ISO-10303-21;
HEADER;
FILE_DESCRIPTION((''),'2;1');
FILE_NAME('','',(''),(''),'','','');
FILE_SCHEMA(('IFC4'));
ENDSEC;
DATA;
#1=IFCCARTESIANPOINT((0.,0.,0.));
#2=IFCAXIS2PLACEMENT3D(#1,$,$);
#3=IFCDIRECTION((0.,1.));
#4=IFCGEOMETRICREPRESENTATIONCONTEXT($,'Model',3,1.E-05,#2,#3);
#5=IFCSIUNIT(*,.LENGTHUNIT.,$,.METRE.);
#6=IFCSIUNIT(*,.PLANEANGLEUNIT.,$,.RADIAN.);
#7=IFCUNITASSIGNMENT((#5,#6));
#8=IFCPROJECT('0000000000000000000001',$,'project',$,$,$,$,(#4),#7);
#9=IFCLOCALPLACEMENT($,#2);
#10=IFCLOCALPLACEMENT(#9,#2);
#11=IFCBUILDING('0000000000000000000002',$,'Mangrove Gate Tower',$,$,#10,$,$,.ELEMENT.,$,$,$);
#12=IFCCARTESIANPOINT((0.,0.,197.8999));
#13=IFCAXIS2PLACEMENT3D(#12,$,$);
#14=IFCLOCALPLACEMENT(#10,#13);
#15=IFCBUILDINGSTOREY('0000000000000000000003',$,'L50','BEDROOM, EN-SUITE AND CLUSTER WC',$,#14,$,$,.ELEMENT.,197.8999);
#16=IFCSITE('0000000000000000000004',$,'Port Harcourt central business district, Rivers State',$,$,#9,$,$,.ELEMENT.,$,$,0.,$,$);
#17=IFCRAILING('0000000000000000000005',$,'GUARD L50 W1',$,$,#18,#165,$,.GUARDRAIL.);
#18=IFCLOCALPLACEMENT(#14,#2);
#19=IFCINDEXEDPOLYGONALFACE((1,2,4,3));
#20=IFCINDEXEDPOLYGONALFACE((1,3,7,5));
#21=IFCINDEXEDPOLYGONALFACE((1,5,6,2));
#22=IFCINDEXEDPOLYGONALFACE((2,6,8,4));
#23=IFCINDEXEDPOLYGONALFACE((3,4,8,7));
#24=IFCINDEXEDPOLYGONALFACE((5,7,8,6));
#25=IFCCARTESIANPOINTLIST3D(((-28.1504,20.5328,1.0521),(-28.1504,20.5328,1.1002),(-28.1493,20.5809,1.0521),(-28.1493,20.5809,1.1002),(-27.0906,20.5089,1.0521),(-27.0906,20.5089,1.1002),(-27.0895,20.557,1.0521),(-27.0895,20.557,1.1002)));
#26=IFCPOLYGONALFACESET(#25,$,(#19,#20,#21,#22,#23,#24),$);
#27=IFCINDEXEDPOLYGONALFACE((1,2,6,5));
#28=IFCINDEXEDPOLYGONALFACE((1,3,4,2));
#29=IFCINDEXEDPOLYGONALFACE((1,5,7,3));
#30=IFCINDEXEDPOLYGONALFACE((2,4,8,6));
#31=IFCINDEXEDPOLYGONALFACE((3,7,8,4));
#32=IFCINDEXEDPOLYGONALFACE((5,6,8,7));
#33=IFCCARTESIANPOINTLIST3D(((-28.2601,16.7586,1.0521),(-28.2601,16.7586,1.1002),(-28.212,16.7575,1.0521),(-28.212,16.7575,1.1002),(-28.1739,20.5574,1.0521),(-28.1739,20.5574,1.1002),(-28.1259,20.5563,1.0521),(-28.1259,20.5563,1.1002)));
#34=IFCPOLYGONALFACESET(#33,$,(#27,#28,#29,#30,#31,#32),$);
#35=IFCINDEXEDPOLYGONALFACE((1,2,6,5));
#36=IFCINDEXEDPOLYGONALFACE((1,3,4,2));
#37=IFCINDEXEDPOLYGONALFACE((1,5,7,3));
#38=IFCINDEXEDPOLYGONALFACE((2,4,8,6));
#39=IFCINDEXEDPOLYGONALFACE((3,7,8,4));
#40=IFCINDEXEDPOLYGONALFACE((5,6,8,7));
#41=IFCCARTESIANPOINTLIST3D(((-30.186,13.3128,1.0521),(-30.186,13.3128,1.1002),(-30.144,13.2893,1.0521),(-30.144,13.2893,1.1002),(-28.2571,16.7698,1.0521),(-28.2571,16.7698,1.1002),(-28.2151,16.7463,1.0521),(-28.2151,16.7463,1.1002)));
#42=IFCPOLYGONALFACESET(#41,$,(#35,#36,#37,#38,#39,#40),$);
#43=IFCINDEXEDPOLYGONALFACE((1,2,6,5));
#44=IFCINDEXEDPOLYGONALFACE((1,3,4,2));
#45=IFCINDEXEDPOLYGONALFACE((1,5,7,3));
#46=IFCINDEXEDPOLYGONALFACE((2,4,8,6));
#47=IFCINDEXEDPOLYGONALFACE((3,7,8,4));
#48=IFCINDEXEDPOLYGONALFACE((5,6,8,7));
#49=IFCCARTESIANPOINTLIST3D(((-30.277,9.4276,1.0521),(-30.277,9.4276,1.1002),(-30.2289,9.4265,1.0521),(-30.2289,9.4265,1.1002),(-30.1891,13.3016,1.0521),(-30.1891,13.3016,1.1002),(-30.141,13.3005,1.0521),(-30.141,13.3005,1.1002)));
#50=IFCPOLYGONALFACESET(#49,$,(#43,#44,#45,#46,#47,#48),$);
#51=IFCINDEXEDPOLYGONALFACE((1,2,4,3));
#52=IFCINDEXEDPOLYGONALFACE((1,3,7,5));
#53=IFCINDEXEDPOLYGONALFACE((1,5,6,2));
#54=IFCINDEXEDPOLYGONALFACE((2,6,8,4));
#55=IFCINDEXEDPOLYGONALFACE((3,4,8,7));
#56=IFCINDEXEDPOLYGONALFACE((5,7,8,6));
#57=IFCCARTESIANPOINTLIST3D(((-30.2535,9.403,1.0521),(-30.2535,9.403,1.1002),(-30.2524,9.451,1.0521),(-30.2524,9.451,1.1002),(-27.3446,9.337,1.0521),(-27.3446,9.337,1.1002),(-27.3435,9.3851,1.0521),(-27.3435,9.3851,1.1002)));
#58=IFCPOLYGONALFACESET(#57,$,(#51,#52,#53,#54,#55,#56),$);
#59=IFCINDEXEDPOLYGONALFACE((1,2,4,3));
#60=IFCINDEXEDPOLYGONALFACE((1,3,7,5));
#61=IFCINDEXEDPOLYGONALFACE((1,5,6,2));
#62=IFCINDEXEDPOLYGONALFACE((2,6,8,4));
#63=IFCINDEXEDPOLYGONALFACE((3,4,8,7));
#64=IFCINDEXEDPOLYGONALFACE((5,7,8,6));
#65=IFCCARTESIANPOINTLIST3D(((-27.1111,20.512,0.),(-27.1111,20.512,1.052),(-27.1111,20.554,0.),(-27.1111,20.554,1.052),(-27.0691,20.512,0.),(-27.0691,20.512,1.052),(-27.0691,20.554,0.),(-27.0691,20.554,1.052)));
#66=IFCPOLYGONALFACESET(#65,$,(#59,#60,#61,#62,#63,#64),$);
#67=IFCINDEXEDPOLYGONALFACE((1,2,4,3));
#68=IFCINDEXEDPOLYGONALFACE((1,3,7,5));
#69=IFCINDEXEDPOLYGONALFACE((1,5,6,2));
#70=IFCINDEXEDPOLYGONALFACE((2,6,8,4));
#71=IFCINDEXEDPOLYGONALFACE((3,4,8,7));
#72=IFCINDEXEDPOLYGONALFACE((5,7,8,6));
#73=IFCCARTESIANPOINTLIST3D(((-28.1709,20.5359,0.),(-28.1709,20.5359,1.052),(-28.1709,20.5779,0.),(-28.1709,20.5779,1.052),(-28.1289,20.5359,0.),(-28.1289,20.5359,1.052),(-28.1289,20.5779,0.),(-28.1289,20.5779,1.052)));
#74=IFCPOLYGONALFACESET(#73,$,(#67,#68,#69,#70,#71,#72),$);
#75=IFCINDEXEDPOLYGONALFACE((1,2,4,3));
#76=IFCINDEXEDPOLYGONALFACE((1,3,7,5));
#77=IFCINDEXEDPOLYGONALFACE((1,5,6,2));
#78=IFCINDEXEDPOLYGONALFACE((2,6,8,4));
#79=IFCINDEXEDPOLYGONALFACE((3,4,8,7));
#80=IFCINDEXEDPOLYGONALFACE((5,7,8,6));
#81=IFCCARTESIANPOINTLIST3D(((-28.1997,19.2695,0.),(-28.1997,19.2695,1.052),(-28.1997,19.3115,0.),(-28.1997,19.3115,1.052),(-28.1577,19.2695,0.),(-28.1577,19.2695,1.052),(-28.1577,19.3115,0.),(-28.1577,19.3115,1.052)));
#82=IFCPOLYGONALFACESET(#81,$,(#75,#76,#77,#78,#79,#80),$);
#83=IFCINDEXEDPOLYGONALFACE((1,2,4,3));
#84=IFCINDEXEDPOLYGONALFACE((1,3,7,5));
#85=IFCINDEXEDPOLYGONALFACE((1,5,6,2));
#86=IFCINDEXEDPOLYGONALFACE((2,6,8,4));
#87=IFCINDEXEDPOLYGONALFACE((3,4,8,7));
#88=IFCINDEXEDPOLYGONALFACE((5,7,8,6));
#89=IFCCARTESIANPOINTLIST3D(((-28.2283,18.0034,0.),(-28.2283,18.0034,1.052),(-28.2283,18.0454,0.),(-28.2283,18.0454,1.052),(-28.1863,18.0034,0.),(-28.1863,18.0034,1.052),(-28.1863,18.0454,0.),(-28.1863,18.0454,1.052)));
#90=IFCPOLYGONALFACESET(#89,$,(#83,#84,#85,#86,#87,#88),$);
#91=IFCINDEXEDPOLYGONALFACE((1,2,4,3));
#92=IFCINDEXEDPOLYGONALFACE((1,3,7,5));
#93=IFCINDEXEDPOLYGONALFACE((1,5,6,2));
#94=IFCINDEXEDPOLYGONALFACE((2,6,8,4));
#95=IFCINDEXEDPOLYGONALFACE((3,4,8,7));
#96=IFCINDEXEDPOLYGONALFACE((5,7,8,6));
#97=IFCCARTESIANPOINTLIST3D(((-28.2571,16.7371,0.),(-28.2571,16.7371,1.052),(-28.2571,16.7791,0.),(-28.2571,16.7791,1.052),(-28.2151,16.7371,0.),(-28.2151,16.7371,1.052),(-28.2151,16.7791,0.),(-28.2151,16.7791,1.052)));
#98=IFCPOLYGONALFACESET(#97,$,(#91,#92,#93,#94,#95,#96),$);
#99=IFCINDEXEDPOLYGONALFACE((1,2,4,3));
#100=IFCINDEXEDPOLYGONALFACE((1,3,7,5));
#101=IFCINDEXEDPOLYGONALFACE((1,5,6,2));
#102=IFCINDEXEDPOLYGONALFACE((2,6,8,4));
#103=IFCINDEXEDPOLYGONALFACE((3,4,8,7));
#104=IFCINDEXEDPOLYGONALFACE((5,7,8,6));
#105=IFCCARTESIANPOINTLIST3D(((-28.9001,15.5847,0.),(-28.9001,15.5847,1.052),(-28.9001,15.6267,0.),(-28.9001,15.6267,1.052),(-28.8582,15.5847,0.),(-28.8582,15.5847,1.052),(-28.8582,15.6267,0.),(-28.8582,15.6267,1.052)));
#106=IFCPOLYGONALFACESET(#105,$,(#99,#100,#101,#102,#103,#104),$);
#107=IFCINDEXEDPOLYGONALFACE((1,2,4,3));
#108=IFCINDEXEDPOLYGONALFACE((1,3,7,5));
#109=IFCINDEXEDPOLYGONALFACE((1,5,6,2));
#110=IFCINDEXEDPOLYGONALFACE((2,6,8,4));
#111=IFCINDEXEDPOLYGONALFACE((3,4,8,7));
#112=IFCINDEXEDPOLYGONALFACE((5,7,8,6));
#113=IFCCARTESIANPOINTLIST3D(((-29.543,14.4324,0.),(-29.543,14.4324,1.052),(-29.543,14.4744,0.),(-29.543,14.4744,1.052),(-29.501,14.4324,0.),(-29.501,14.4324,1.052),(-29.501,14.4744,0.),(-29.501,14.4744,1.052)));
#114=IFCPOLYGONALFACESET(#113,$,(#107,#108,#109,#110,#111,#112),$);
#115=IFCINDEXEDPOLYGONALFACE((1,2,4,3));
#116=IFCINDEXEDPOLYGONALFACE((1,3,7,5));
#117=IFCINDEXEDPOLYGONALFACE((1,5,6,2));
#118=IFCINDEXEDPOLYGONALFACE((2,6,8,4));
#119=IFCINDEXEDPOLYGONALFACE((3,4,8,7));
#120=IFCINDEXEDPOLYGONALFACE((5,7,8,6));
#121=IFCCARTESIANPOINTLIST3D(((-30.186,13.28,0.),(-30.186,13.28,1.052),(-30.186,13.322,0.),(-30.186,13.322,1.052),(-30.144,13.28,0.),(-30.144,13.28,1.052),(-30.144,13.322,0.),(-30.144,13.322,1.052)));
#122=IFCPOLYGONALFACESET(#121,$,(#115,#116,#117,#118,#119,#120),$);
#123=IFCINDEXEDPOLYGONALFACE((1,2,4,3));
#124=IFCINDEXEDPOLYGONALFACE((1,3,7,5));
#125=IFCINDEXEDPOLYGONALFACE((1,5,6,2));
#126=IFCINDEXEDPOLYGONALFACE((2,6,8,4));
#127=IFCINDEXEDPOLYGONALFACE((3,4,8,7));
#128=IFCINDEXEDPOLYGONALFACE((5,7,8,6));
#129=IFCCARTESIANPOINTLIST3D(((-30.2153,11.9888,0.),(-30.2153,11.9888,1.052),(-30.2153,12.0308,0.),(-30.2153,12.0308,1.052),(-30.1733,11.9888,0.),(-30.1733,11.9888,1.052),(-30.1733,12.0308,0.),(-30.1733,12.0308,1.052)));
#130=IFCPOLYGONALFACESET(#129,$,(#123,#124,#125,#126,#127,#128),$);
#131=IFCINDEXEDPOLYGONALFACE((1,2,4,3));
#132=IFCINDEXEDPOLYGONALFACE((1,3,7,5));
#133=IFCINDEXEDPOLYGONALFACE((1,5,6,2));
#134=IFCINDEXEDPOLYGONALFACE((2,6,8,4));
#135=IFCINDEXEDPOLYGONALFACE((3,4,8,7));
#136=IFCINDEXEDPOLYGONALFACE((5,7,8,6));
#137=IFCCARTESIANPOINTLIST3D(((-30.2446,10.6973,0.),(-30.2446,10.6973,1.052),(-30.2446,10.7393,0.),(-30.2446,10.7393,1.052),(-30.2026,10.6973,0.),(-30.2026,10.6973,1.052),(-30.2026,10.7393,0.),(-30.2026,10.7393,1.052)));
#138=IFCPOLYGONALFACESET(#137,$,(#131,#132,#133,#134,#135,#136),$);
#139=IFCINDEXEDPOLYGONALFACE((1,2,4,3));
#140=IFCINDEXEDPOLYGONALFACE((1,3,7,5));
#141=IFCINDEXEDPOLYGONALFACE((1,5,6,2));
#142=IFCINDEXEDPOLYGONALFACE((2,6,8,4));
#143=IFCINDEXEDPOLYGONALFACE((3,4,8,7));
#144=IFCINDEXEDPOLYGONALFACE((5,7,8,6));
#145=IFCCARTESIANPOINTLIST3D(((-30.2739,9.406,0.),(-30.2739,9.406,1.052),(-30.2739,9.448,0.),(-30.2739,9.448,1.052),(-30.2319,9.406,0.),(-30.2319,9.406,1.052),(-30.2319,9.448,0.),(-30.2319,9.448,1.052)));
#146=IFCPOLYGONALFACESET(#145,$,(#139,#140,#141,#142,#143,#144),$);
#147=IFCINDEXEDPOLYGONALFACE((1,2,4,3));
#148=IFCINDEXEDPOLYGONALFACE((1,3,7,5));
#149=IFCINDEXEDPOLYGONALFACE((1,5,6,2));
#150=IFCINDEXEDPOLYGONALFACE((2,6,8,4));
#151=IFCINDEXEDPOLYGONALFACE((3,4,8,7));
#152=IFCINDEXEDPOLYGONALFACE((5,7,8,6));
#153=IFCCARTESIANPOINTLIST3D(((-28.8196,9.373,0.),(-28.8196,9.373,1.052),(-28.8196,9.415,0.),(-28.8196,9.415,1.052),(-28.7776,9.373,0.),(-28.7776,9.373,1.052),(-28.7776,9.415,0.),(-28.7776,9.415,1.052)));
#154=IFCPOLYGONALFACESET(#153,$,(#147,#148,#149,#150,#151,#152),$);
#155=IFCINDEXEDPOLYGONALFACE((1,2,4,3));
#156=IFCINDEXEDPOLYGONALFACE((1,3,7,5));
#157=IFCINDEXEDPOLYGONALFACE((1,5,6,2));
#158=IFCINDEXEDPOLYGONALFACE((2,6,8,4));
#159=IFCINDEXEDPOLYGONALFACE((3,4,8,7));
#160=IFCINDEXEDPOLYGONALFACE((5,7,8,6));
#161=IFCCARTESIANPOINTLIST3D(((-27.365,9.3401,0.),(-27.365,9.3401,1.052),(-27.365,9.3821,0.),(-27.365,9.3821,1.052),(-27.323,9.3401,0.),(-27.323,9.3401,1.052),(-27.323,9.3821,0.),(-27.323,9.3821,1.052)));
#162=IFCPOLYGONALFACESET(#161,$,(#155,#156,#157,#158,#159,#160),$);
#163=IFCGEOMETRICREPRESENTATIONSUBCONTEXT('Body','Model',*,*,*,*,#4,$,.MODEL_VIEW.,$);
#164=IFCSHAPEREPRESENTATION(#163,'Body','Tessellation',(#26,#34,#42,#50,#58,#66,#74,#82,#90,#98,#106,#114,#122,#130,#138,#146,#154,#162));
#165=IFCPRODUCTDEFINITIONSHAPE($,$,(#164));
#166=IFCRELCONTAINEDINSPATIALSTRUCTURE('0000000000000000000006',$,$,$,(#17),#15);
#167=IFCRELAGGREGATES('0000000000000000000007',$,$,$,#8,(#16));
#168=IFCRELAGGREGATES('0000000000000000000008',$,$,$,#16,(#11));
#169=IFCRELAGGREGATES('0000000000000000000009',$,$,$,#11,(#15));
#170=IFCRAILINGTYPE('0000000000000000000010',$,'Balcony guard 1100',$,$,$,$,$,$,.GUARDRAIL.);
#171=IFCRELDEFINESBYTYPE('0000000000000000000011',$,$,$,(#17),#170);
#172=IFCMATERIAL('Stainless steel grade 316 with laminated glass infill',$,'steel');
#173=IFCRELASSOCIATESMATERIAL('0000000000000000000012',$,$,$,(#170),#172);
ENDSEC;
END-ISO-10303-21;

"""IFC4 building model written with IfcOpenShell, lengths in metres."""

from ifc_helpers import new_model, si_unit, direction, frame, origin, origin_2d, place, context, subcontext, project, spatial, rectangle, extrude, material, type_object, element, save


model = new_model("IFC4")

# Units and contexts
model_context = context("Model", 3, precision=1e-05, world=origin(), true_north=direction((0.0, 1.0)))
body_context = subcontext(model_context, "Body", "Model", "MODEL_VIEW")
ifc_project = project(units=[si_unit("LENGTHUNIT", "METRE"), si_unit("PLANEANGLEUNIT", "RADIAN")], contexts=[model_context])

# Site, building, storey
site_placement = place(None, origin())
site = spatial("IfcSite", under=ifc_project, at=site_placement, Name="Port Harcourt central business district, Rivers State", CompositionType="ELEMENT", RefElevation=0.0)
building_placement = place(site_placement, origin())
building = spatial("IfcBuilding", under=site, at=building_placement, Name="Mangrove Gate Tower", CompositionType="ELEMENT")
storey_placement = place(building_placement, frame((0.0, 0.0, 197.8999)))
storey = spatial("IfcBuildingStorey", under=building, at=storey_placement, Name="L50", Description="BEDROOM, EN-SUITE AND CLUSTER WC", CompositionType="ELEMENT", Elevation=197.8999)

# Railing
ifc_material_1 = material(Name="Stainless steel grade 316 with laminated glass infill", Category="steel")
railing_type = type_object("IfcRailingType", Name="Balcony guard 1100", PredefinedType="GUARDRAIL", material=ifc_material_1)
railing_placement = place(storey_placement, frame((-27.0901, 20.533, 0.0)))
element("IfcRailing", 1, at=railing_placement, inside=storey, type_object=railing_type, Name="GUARD L50 W1", PredefinedType="GUARDRAIL", context=body_context, shape_type="SweptSolid", body=[
    extrude(rectangle(XDim=0.0481, YDim=0.0481, at=origin_2d()), frame((0.0, 0.0, 1.0762), z_axis=(-0.999745, 0.02257, 0.0), x_axis=(-0.02257, -0.999745, 0.0)), (0.0, 0.0, 1.0), 1.0601),
    extrude(rectangle(XDim=0.0481, YDim=0.0481, at=origin_2d()), frame((-1.0598, 0.0239, 1.0762), z_axis=(-0.022681, -0.999743, 0.0), x_axis=(0.999743, -0.022681, 0.0)), (0.0, 0.0, 1.0), 3.7998),
    extrude(rectangle(XDim=0.0481, YDim=0.0481, at=origin_2d()), frame((-1.146, -3.7749, 1.0762), z_axis=(-0.48726, -0.873257, 0.0), x_axis=(0.873257, -0.48726, 0.0)), (0.0, 0.0, 1.0), 3.9587),
    extrude(rectangle(XDim=0.0481, YDim=0.0481, at=origin_2d()), frame((-3.075, -7.2319, 1.0762), z_axis=(-0.022681, -0.999743, 0.0), x_axis=(0.999743, -0.022681, 0.0)), (0.0, 0.0, 1.0), 3.875),
    extrude(rectangle(XDim=0.0481, YDim=0.0481, at=origin_2d()), frame((-3.1628, -11.106, 1.0762), z_axis=(0.999743, -0.022655, 0.0), x_axis=(0.022655, 0.999743, 0.0)), (0.0, 0.0, 1.0), 2.9097),
    extrude(rectangle(XDim=0.042, YDim=0.042, at=origin_2d()), origin(), (0.0, 0.0, 1.0), 1.052),
    extrude(rectangle(XDim=0.042, YDim=0.042, at=origin_2d()), frame((-1.0598, 0.0239, 0.0)), (0.0, 0.0, 1.0), 1.052),
    extrude(rectangle(XDim=0.042, YDim=0.042, at=origin_2d()), frame((-1.0886, -1.2424, 0.0)), (0.0, 0.0, 1.0), 1.052),
    extrude(rectangle(XDim=0.042, YDim=0.042, at=origin_2d()), frame((-1.1172, -2.5085, 0.0)), (0.0, 0.0, 1.0), 1.052),
    extrude(rectangle(XDim=0.042, YDim=0.042, at=origin_2d()), frame((-1.146, -3.7749, 0.0)), (0.0, 0.0, 1.0), 1.052),
    extrude(rectangle(XDim=0.042, YDim=0.042, at=origin_2d()), frame((-1.7891, -4.9272, 0.0)), (0.0, 0.0, 1.0), 1.052),
    extrude(rectangle(XDim=0.042, YDim=0.042, at=origin_2d()), frame((-2.4319, -6.0796, 0.0)), (0.0, 0.0, 1.0), 1.052),
    extrude(rectangle(XDim=0.042, YDim=0.042, at=origin_2d()), frame((-3.075, -7.2319, 0.0)), (0.0, 0.0, 1.0), 1.052),
    extrude(rectangle(XDim=0.042, YDim=0.042, at=origin_2d()), frame((-3.1042, -8.5232, 0.0)), (0.0, 0.0, 1.0), 1.052),
    extrude(rectangle(XDim=0.042, YDim=0.042, at=origin_2d()), frame((-3.1335, -9.8147, 0.0)), (0.0, 0.0, 1.0), 1.052),
    extrude(rectangle(XDim=0.042, YDim=0.042, at=origin_2d()), frame((-3.1628, -11.106, 0.0)), (0.0, 0.0, 1.0), 1.052),
    extrude(rectangle(XDim=0.042, YDim=0.042, at=origin_2d()), frame((-1.7085, -11.1389, 0.0)), (0.0, 0.0, 1.0), 1.052),
    extrude(rectangle(XDim=0.042, YDim=0.042, at=origin_2d()), frame((-0.2539, -11.1719, 0.0)), (0.0, 0.0, 1.0), 1.052),
])

save(model, "model.ifc")
